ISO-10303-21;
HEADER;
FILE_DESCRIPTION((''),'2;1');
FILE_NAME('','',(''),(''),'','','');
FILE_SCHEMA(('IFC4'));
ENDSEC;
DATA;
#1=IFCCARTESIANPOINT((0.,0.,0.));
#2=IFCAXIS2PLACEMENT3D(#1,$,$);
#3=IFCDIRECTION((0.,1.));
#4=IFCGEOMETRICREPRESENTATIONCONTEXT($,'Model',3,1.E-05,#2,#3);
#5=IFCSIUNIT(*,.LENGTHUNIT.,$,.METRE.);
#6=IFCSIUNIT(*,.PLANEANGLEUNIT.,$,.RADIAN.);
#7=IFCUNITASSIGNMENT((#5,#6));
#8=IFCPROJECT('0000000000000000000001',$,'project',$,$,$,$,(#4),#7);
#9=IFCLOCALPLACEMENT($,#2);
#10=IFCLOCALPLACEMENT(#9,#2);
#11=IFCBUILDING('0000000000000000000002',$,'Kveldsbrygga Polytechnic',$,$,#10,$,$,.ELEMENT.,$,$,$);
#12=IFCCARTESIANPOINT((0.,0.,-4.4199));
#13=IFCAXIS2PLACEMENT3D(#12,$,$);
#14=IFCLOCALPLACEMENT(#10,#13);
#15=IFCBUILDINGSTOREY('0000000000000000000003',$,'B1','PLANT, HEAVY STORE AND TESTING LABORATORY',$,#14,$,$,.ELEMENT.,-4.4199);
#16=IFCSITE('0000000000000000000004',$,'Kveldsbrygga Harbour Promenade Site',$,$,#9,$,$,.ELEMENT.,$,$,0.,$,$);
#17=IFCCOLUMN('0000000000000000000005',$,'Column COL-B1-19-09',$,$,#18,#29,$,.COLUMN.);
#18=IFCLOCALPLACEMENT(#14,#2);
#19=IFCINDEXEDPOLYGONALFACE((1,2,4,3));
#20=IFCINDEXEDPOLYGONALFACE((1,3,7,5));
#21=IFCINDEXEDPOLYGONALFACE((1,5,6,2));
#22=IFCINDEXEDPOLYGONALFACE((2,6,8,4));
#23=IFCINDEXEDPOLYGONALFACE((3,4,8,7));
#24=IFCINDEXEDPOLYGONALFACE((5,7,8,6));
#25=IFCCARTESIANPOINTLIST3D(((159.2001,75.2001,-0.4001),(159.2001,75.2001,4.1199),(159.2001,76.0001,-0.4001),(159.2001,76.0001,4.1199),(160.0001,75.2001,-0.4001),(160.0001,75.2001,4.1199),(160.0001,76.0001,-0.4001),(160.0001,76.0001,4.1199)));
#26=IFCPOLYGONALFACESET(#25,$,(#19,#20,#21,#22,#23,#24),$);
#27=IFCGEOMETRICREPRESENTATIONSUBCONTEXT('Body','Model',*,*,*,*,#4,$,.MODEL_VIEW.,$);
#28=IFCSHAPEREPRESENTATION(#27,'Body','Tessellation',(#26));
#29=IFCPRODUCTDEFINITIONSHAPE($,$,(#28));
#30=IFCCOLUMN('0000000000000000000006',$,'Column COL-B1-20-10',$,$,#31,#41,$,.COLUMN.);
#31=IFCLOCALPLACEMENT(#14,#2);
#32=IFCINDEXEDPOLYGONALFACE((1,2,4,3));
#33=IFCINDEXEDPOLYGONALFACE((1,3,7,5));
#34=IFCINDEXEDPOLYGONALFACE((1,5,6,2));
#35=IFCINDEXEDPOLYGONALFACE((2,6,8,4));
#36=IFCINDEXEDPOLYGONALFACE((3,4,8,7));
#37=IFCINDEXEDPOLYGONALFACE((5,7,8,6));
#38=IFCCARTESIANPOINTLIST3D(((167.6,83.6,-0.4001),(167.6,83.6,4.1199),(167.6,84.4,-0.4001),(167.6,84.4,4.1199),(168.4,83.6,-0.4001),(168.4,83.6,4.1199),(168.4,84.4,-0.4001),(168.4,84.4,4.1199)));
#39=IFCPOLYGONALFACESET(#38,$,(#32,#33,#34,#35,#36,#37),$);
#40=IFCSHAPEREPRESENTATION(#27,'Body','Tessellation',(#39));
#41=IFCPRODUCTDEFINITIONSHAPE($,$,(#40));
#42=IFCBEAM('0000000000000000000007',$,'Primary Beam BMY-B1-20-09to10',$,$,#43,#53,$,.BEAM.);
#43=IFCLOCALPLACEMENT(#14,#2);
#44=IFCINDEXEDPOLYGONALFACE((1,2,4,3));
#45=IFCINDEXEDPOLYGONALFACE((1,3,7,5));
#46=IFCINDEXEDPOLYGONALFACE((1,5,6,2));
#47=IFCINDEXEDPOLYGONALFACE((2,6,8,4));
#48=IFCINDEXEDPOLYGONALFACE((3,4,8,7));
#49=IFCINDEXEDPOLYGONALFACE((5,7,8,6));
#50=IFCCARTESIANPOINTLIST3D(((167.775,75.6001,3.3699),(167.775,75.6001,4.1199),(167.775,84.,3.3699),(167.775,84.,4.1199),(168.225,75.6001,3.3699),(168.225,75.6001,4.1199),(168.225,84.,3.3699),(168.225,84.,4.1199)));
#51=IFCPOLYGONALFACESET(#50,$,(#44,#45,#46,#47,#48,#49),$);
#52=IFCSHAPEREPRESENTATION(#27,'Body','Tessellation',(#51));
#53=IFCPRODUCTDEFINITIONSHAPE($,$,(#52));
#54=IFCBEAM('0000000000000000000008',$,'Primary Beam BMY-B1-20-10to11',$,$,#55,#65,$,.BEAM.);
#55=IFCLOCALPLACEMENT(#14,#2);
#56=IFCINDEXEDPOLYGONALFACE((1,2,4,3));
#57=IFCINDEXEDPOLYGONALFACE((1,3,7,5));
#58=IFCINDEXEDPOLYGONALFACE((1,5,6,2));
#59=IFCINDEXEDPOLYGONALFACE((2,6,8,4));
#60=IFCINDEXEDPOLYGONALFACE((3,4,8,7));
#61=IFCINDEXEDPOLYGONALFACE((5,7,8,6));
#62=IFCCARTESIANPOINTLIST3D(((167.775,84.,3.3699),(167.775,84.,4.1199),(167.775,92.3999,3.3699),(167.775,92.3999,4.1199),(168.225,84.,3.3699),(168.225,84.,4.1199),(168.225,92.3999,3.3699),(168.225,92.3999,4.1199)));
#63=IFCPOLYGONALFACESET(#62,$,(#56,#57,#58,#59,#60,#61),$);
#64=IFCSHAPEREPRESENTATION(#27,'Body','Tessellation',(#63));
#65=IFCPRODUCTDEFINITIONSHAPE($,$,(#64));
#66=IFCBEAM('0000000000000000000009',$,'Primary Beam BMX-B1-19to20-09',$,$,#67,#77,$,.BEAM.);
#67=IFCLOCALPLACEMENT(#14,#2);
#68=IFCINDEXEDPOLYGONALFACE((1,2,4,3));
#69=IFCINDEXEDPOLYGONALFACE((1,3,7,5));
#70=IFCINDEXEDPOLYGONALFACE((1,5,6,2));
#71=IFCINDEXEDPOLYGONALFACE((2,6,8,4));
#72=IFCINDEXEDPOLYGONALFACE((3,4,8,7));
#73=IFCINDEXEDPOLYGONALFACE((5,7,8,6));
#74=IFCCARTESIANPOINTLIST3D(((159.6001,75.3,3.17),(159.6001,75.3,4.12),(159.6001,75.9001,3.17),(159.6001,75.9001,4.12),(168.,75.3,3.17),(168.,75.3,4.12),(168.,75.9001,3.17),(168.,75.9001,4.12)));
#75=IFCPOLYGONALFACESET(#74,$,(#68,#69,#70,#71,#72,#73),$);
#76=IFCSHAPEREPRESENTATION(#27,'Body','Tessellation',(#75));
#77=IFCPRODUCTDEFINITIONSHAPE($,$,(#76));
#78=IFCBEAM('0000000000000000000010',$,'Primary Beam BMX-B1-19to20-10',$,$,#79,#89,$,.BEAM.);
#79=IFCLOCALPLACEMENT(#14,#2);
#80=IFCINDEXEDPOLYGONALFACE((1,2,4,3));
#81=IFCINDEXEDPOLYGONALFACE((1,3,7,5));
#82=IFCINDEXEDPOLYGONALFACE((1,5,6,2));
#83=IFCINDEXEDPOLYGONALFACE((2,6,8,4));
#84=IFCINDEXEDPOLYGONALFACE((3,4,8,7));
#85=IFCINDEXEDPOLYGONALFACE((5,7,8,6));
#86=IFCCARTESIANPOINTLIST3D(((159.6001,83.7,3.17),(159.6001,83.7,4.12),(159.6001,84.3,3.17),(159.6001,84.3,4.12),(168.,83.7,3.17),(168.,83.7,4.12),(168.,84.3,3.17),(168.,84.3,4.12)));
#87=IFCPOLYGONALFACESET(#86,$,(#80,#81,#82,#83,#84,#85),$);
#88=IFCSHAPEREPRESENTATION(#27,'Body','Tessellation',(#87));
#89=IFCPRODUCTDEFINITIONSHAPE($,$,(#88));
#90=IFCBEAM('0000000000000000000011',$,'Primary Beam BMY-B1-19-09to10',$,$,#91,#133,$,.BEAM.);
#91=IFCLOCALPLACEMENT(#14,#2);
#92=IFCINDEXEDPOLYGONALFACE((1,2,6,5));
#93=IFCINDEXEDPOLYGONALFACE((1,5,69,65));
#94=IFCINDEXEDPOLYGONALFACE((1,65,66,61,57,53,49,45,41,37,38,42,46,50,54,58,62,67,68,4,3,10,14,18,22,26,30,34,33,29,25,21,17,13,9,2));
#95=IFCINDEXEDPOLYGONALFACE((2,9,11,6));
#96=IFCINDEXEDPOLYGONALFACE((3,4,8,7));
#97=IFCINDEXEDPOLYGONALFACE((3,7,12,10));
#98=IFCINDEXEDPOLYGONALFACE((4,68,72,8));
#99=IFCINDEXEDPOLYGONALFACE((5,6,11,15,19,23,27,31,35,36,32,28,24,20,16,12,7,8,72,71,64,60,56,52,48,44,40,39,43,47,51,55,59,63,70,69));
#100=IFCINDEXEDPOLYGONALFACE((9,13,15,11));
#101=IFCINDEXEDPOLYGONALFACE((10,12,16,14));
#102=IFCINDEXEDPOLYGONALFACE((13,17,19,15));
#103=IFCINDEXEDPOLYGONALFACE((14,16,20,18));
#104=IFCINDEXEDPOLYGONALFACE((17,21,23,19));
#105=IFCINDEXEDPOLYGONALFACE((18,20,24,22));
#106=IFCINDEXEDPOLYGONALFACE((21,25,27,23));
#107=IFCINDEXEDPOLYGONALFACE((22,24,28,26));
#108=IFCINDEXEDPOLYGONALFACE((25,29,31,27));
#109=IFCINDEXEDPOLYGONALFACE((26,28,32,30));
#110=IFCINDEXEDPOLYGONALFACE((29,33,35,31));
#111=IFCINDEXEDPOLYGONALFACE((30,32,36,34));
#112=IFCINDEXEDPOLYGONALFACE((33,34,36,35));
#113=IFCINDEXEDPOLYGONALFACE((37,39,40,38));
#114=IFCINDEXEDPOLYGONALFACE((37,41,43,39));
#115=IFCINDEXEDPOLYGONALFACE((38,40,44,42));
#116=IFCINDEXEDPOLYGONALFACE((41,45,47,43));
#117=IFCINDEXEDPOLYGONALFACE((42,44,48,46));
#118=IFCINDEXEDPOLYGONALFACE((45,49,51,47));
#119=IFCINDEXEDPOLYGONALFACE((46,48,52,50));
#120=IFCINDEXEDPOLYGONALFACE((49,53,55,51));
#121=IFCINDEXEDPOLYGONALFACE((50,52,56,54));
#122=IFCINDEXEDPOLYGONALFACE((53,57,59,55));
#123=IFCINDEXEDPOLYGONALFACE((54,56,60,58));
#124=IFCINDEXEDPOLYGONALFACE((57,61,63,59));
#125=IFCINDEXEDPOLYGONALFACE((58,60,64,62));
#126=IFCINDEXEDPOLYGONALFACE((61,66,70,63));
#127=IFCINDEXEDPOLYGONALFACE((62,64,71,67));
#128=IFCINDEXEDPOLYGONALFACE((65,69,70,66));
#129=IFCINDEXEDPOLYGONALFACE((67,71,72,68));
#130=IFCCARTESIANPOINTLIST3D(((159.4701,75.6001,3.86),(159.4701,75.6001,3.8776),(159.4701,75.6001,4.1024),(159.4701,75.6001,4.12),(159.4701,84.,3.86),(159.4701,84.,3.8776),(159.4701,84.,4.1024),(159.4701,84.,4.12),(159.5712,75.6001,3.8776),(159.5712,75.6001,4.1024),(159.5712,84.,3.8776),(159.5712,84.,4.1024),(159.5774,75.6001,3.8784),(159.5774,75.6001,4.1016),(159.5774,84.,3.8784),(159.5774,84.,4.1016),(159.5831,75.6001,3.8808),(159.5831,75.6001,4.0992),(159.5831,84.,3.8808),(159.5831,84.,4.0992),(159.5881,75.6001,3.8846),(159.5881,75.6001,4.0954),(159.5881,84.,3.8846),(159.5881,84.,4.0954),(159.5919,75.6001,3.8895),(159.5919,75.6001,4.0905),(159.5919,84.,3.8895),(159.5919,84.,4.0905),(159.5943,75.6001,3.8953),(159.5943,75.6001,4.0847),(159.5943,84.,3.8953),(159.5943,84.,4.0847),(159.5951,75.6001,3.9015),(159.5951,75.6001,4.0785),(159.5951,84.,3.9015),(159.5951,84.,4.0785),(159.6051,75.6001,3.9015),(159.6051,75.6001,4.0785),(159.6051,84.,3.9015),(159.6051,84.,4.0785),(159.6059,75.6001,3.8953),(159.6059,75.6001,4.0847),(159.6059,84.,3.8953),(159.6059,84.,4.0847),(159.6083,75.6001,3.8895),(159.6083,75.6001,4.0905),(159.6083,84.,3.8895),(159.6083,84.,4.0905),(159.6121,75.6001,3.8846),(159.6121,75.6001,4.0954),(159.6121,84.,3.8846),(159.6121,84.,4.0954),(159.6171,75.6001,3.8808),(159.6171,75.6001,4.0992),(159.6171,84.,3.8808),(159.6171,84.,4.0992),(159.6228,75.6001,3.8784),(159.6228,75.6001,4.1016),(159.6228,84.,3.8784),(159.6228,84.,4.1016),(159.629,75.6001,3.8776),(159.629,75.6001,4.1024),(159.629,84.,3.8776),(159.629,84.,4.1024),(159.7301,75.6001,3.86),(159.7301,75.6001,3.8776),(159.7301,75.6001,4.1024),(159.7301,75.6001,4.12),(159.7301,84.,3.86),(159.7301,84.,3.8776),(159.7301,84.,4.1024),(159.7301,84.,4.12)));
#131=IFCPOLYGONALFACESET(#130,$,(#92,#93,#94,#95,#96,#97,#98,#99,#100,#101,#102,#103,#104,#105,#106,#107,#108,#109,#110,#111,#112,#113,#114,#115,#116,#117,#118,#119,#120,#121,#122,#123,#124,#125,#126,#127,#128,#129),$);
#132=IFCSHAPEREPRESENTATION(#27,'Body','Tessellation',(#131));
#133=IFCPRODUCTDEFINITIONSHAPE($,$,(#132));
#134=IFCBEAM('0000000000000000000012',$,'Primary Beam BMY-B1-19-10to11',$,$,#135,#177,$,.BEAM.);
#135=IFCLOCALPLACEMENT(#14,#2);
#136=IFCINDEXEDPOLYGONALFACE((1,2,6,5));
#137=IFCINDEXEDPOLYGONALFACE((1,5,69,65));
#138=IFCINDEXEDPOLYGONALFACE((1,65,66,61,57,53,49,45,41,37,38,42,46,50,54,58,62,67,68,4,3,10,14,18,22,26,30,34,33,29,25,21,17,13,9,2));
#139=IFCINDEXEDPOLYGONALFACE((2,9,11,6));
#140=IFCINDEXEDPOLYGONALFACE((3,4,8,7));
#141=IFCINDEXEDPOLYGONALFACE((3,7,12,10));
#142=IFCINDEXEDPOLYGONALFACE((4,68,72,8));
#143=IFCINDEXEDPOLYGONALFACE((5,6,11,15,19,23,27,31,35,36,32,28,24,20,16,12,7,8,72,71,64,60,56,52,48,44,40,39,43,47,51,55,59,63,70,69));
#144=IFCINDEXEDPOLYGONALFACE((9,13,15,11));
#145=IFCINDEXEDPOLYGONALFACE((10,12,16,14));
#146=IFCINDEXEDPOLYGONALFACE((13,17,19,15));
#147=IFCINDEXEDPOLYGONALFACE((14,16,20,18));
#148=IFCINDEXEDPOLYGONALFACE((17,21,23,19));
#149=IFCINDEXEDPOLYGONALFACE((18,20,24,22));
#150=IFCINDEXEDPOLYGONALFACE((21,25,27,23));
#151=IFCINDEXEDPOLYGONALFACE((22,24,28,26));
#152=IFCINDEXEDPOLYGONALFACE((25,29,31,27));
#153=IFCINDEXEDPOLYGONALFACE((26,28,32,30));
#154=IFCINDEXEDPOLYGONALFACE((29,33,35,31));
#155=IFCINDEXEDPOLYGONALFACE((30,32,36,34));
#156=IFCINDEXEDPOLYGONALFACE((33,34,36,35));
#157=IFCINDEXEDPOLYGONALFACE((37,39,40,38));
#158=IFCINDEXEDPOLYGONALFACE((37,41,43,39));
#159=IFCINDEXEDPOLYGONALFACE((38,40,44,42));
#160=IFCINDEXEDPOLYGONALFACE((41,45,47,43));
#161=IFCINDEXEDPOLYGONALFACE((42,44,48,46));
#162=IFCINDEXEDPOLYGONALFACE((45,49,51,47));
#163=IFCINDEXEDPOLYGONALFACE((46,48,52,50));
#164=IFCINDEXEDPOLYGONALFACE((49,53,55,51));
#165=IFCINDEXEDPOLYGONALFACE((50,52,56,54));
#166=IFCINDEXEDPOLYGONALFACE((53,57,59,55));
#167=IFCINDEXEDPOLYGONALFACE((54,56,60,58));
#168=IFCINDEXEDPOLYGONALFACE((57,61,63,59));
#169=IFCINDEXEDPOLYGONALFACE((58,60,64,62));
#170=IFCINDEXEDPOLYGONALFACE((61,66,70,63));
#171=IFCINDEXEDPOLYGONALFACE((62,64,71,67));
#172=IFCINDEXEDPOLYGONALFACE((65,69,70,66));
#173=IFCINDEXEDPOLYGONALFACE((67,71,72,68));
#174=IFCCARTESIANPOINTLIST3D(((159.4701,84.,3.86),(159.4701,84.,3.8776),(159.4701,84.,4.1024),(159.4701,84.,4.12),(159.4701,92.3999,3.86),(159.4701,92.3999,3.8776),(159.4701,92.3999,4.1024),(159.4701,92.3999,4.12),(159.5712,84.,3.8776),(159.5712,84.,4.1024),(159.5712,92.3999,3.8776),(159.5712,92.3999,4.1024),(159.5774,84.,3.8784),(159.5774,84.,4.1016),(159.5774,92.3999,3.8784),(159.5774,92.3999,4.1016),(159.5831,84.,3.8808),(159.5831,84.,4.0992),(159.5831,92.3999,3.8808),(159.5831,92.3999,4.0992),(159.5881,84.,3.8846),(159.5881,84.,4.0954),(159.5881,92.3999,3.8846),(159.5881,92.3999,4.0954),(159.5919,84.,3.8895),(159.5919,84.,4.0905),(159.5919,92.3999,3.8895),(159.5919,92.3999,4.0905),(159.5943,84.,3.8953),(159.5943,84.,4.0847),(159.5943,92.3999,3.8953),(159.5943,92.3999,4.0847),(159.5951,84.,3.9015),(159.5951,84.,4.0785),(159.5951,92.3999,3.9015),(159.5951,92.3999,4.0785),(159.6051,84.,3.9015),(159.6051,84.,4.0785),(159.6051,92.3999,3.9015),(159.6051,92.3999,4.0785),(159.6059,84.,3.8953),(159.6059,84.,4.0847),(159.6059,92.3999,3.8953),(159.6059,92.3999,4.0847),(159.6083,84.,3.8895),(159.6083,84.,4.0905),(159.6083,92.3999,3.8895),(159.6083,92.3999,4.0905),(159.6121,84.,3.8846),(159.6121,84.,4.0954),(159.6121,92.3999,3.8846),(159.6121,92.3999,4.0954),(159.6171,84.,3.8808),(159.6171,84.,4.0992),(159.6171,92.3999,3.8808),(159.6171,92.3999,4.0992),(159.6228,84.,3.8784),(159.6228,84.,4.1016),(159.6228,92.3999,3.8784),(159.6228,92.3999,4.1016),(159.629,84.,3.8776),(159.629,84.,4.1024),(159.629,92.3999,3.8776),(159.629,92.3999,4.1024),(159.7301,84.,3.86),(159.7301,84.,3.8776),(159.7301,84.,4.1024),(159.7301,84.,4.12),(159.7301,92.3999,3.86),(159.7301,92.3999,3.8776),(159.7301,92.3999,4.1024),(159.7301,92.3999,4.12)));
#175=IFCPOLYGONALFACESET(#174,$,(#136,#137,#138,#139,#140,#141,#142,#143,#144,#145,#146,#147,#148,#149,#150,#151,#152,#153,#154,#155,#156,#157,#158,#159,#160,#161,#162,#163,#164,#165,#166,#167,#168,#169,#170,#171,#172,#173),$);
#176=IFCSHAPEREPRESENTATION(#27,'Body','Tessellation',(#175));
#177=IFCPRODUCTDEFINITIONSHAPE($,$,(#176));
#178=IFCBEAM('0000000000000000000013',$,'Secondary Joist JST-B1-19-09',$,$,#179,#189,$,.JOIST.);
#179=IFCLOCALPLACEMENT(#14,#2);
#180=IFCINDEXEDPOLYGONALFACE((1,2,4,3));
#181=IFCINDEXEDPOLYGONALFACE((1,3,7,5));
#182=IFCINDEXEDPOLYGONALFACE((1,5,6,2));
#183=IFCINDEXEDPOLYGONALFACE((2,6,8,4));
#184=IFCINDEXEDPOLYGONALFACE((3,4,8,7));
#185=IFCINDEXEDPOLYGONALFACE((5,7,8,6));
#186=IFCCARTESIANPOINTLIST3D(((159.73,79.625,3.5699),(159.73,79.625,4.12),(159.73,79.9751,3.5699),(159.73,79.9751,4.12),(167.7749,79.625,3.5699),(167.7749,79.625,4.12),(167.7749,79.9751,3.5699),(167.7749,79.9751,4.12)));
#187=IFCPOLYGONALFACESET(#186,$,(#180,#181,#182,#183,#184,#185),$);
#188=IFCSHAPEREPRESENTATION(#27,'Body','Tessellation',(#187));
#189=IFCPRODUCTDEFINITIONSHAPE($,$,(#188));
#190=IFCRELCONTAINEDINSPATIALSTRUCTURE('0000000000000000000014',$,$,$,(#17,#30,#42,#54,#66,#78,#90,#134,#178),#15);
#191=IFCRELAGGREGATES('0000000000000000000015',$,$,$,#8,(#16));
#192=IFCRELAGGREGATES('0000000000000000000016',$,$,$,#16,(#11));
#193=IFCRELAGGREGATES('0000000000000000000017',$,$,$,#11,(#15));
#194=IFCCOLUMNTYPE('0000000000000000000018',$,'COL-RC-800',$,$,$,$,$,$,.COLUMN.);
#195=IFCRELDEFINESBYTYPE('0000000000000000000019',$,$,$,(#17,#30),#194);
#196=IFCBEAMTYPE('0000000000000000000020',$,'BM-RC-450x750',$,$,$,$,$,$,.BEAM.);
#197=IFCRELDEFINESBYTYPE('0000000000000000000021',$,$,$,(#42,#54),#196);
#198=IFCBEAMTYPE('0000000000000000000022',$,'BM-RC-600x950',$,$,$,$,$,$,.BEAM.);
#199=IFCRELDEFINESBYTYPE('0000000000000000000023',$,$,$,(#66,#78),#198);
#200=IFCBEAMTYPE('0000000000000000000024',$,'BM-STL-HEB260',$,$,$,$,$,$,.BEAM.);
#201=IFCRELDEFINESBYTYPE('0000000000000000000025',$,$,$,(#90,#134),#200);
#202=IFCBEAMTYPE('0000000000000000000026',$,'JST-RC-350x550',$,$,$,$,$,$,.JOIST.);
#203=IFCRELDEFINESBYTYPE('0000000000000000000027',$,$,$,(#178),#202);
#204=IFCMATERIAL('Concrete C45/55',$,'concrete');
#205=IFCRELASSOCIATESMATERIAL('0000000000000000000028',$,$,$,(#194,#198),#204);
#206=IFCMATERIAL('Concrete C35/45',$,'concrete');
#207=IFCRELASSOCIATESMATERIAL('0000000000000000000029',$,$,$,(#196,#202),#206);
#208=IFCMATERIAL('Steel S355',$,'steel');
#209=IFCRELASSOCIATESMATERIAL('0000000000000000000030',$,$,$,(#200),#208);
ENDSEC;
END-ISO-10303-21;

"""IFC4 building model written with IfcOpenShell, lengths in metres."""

from ifc_helpers import new_model, si_unit, direction, frame, origin, origin_2d, place, context, subcontext, project, spatial, rectangle, i_section, extrude, material, material_profile, profile_set, type_object, element, save


model = new_model("IFC4")

# Units and contexts
model_context = context("Model", 3, precision=1e-05, world=origin(), true_north=direction((0.0, 1.0)))
body_context = subcontext(model_context, "Body", "Model", "MODEL_VIEW")
ifc_project = project(units=[si_unit("LENGTHUNIT", "METRE"), si_unit("PLANEANGLEUNIT", "RADIAN")], contexts=[model_context])

# Site, building, storey
site_placement = place(None, origin())
site = spatial("IfcSite", under=ifc_project, at=site_placement, Name="Kveldsbrygga Harbour Promenade Site", CompositionType="ELEMENT", RefElevation=0.0)
building_placement = place(site_placement, origin())
building = spatial("IfcBuilding", under=site, at=building_placement, Name="Kveldsbrygga Polytechnic", CompositionType="ELEMENT")
storey_placement = place(building_placement, frame((0.0, 0.0, -4.4199)))
storey = spatial("IfcBuildingStorey", under=building, at=storey_placement, Name="B1", Description="PLANT, HEAVY STORE AND TESTING LABORATORY", CompositionType="ELEMENT", Elevation=-4.4199)

# Shared definitions
ifc_material_1 = material(Name="Concrete C45/55", Category="concrete")

# Columns
ifc_material_profile_1 = material_profile(ifc_material_1, rectangle(XDim=0.8, YDim=0.8, at=origin_2d()), Name="RC 800x800")
ifc_profile_set_1 = profile_set([ifc_material_profile_1], Name="Concrete C45/55")
column_type_1 = type_object("IfcColumnType", Name="COL-RC-800", PredefinedType="COLUMN", material=ifc_profile_set_1)
for number, where, z_axis, x_axis, name in (
    (1, (159.6001, 75.6001, -0.4001), (0.0, 0.0, 1.0), (1.0, 0.0, 0.0), "Column COL-B1-19-09"),
    (2, (168.0, 84.0, -0.4001), (0.0, 0.0, 1.0), (1.0, 0.0, 0.0), "Column COL-B1-20-10"),
):
    element("IfcColumn", number, at=place(storey_placement, frame(where, z_axis=z_axis, x_axis=x_axis)), inside=storey, type_object=column_type_1, Name=name, PredefinedType="COLUMN", context=body_context, shape_type="SweptSolid", body=[
        extrude(rectangle(XDim=0.8, YDim=0.8, at=origin_2d()), origin(), (0.0, 0.0, 1.0), 4.52),
    ])

# Beams
ifc_material_2 = material(Name="Concrete C35/45", Category="concrete")
ifc_material_profile_2 = material_profile(ifc_material_2, rectangle(XDim=0.45, YDim=0.75, at=origin_2d()), Name="RC 450x750")
ifc_profile_set_2 = profile_set([ifc_material_profile_2], Name="Concrete C35/45")
beam_type_1 = type_object("IfcBeamType", Name="BM-RC-450x750", PredefinedType="BEAM", material=ifc_profile_set_2)
for number, where, z_axis, x_axis, name in (
    (3, (168.0, 75.6001, 3.7449), (0.0, 1.0, 0.0), (-1.0, 0.0, 0.0), "Primary Beam BMY-B1-20-09to10"),
    (4, (168.0, 84.0, 3.7449), (0.0, 1.0, 0.0), (-1.0, 0.0, 0.0), "Primary Beam BMY-B1-20-10to11"),
):
    element("IfcBeam", number, at=place(storey_placement, frame(where, z_axis=z_axis, x_axis=x_axis)), inside=storey, type_object=beam_type_1, Name=name, PredefinedType="BEAM", context=body_context, shape_type="SweptSolid", body=[
        extrude(rectangle(XDim=0.45, YDim=0.75, at=origin_2d()), origin(), (0.0, 0.0, 1.0), 8.3999),
    ])
ifc_material_profile_3 = material_profile(ifc_material_1, rectangle(XDim=0.6001, YDim=0.95, at=origin_2d()), Name="RC 600x950")
ifc_profile_set_3 = profile_set([ifc_material_profile_3], Name="Concrete C45/55")
beam_type_2 = type_object("IfcBeamType", Name="BM-RC-600x950", PredefinedType="BEAM", material=ifc_profile_set_3)
for number, where, z_axis, x_axis, name in (
    (5, (159.6001, 75.6001, 3.645), (1.0, 0.0, 0.0), (0.0, 1.0, 0.0), "Primary Beam BMX-B1-19to20-09"),
    (6, (159.6001, 84.0, 3.645), (1.0, 0.0, 0.0), (0.0, 1.0, 0.0), "Primary Beam BMX-B1-19to20-10"),
):
    element("IfcBeam", number, at=place(storey_placement, frame(where, z_axis=z_axis, x_axis=x_axis)), inside=storey, type_object=beam_type_2, Name=name, PredefinedType="BEAM", context=body_context, shape_type="SweptSolid", body=[
        extrude(rectangle(XDim=0.6001, YDim=0.95, at=origin_2d()), origin(), (0.0, 0.0, 1.0), 8.3999),
    ])
ifc_material_3 = material(Name="Steel S355", Category="steel")
ifc_material_profile_4 = material_profile(ifc_material_3, i_section(OverallWidth=0.26, OverallDepth=0.26, WebThickness=0.01, FlangeThickness=0.0176, FilletRadius=0.0239, at=origin_2d()), Name="HEB 260")
ifc_profile_set_4 = profile_set([ifc_material_profile_4], Name="Steel S355")
beam_type_3 = type_object("IfcBeamType", Name="BM-STL-HEB260", PredefinedType="BEAM", material=ifc_profile_set_4)
for number, where, z_axis, x_axis, name in (
    (7, (159.6001, 75.6001, 3.99), (0.0, 1.0, 0.0), (-1.0, 0.0, 0.0), "Primary Beam BMY-B1-19-09to10"),
    (8, (159.6001, 84.0, 3.99), (0.0, 1.0, 0.0), (-1.0, 0.0, 0.0), "Primary Beam BMY-B1-19-10to11"),
):
    element("IfcBeam", number, at=place(storey_placement, frame(where, z_axis=z_axis, x_axis=x_axis)), inside=storey, type_object=beam_type_3, Name=name, PredefinedType="BEAM", context=body_context, shape_type="SweptSolid", body=[
        extrude(i_section(OverallWidth=0.26, OverallDepth=0.26, WebThickness=0.01, FlangeThickness=0.0176, FilletRadius=0.0239, at=origin_2d()), origin(), (0.0, 0.0, 1.0), 8.3999),
    ])
ifc_material_profile_5 = material_profile(ifc_material_2, rectangle(XDim=0.3501, YDim=0.55, at=origin_2d()), Name="RC 350x550")
ifc_profile_set_5 = profile_set([ifc_material_profile_5], Name="Concrete C35/45")
beam_type_4 = type_object("IfcBeamType", Name="JST-RC-350x550", PredefinedType="JOIST", material=ifc_profile_set_5)
beam_placement = place(storey_placement, frame((159.73, 79.8, 3.845), z_axis=(1.0, 0.0, 0.0), x_axis=(0.0, 1.0, 0.0)))
element("IfcBeam", 9, at=beam_placement, inside=storey, type_object=beam_type_4, Name="Secondary Joist JST-B1-19-09", PredefinedType="JOIST", context=body_context, shape_type="SweptSolid", body=[
    extrude(rectangle(XDim=0.3501, YDim=0.55, at=origin_2d()), origin(), (0.0, 0.0, 1.0), 8.0449),
])

save(model, "model.ifc")
